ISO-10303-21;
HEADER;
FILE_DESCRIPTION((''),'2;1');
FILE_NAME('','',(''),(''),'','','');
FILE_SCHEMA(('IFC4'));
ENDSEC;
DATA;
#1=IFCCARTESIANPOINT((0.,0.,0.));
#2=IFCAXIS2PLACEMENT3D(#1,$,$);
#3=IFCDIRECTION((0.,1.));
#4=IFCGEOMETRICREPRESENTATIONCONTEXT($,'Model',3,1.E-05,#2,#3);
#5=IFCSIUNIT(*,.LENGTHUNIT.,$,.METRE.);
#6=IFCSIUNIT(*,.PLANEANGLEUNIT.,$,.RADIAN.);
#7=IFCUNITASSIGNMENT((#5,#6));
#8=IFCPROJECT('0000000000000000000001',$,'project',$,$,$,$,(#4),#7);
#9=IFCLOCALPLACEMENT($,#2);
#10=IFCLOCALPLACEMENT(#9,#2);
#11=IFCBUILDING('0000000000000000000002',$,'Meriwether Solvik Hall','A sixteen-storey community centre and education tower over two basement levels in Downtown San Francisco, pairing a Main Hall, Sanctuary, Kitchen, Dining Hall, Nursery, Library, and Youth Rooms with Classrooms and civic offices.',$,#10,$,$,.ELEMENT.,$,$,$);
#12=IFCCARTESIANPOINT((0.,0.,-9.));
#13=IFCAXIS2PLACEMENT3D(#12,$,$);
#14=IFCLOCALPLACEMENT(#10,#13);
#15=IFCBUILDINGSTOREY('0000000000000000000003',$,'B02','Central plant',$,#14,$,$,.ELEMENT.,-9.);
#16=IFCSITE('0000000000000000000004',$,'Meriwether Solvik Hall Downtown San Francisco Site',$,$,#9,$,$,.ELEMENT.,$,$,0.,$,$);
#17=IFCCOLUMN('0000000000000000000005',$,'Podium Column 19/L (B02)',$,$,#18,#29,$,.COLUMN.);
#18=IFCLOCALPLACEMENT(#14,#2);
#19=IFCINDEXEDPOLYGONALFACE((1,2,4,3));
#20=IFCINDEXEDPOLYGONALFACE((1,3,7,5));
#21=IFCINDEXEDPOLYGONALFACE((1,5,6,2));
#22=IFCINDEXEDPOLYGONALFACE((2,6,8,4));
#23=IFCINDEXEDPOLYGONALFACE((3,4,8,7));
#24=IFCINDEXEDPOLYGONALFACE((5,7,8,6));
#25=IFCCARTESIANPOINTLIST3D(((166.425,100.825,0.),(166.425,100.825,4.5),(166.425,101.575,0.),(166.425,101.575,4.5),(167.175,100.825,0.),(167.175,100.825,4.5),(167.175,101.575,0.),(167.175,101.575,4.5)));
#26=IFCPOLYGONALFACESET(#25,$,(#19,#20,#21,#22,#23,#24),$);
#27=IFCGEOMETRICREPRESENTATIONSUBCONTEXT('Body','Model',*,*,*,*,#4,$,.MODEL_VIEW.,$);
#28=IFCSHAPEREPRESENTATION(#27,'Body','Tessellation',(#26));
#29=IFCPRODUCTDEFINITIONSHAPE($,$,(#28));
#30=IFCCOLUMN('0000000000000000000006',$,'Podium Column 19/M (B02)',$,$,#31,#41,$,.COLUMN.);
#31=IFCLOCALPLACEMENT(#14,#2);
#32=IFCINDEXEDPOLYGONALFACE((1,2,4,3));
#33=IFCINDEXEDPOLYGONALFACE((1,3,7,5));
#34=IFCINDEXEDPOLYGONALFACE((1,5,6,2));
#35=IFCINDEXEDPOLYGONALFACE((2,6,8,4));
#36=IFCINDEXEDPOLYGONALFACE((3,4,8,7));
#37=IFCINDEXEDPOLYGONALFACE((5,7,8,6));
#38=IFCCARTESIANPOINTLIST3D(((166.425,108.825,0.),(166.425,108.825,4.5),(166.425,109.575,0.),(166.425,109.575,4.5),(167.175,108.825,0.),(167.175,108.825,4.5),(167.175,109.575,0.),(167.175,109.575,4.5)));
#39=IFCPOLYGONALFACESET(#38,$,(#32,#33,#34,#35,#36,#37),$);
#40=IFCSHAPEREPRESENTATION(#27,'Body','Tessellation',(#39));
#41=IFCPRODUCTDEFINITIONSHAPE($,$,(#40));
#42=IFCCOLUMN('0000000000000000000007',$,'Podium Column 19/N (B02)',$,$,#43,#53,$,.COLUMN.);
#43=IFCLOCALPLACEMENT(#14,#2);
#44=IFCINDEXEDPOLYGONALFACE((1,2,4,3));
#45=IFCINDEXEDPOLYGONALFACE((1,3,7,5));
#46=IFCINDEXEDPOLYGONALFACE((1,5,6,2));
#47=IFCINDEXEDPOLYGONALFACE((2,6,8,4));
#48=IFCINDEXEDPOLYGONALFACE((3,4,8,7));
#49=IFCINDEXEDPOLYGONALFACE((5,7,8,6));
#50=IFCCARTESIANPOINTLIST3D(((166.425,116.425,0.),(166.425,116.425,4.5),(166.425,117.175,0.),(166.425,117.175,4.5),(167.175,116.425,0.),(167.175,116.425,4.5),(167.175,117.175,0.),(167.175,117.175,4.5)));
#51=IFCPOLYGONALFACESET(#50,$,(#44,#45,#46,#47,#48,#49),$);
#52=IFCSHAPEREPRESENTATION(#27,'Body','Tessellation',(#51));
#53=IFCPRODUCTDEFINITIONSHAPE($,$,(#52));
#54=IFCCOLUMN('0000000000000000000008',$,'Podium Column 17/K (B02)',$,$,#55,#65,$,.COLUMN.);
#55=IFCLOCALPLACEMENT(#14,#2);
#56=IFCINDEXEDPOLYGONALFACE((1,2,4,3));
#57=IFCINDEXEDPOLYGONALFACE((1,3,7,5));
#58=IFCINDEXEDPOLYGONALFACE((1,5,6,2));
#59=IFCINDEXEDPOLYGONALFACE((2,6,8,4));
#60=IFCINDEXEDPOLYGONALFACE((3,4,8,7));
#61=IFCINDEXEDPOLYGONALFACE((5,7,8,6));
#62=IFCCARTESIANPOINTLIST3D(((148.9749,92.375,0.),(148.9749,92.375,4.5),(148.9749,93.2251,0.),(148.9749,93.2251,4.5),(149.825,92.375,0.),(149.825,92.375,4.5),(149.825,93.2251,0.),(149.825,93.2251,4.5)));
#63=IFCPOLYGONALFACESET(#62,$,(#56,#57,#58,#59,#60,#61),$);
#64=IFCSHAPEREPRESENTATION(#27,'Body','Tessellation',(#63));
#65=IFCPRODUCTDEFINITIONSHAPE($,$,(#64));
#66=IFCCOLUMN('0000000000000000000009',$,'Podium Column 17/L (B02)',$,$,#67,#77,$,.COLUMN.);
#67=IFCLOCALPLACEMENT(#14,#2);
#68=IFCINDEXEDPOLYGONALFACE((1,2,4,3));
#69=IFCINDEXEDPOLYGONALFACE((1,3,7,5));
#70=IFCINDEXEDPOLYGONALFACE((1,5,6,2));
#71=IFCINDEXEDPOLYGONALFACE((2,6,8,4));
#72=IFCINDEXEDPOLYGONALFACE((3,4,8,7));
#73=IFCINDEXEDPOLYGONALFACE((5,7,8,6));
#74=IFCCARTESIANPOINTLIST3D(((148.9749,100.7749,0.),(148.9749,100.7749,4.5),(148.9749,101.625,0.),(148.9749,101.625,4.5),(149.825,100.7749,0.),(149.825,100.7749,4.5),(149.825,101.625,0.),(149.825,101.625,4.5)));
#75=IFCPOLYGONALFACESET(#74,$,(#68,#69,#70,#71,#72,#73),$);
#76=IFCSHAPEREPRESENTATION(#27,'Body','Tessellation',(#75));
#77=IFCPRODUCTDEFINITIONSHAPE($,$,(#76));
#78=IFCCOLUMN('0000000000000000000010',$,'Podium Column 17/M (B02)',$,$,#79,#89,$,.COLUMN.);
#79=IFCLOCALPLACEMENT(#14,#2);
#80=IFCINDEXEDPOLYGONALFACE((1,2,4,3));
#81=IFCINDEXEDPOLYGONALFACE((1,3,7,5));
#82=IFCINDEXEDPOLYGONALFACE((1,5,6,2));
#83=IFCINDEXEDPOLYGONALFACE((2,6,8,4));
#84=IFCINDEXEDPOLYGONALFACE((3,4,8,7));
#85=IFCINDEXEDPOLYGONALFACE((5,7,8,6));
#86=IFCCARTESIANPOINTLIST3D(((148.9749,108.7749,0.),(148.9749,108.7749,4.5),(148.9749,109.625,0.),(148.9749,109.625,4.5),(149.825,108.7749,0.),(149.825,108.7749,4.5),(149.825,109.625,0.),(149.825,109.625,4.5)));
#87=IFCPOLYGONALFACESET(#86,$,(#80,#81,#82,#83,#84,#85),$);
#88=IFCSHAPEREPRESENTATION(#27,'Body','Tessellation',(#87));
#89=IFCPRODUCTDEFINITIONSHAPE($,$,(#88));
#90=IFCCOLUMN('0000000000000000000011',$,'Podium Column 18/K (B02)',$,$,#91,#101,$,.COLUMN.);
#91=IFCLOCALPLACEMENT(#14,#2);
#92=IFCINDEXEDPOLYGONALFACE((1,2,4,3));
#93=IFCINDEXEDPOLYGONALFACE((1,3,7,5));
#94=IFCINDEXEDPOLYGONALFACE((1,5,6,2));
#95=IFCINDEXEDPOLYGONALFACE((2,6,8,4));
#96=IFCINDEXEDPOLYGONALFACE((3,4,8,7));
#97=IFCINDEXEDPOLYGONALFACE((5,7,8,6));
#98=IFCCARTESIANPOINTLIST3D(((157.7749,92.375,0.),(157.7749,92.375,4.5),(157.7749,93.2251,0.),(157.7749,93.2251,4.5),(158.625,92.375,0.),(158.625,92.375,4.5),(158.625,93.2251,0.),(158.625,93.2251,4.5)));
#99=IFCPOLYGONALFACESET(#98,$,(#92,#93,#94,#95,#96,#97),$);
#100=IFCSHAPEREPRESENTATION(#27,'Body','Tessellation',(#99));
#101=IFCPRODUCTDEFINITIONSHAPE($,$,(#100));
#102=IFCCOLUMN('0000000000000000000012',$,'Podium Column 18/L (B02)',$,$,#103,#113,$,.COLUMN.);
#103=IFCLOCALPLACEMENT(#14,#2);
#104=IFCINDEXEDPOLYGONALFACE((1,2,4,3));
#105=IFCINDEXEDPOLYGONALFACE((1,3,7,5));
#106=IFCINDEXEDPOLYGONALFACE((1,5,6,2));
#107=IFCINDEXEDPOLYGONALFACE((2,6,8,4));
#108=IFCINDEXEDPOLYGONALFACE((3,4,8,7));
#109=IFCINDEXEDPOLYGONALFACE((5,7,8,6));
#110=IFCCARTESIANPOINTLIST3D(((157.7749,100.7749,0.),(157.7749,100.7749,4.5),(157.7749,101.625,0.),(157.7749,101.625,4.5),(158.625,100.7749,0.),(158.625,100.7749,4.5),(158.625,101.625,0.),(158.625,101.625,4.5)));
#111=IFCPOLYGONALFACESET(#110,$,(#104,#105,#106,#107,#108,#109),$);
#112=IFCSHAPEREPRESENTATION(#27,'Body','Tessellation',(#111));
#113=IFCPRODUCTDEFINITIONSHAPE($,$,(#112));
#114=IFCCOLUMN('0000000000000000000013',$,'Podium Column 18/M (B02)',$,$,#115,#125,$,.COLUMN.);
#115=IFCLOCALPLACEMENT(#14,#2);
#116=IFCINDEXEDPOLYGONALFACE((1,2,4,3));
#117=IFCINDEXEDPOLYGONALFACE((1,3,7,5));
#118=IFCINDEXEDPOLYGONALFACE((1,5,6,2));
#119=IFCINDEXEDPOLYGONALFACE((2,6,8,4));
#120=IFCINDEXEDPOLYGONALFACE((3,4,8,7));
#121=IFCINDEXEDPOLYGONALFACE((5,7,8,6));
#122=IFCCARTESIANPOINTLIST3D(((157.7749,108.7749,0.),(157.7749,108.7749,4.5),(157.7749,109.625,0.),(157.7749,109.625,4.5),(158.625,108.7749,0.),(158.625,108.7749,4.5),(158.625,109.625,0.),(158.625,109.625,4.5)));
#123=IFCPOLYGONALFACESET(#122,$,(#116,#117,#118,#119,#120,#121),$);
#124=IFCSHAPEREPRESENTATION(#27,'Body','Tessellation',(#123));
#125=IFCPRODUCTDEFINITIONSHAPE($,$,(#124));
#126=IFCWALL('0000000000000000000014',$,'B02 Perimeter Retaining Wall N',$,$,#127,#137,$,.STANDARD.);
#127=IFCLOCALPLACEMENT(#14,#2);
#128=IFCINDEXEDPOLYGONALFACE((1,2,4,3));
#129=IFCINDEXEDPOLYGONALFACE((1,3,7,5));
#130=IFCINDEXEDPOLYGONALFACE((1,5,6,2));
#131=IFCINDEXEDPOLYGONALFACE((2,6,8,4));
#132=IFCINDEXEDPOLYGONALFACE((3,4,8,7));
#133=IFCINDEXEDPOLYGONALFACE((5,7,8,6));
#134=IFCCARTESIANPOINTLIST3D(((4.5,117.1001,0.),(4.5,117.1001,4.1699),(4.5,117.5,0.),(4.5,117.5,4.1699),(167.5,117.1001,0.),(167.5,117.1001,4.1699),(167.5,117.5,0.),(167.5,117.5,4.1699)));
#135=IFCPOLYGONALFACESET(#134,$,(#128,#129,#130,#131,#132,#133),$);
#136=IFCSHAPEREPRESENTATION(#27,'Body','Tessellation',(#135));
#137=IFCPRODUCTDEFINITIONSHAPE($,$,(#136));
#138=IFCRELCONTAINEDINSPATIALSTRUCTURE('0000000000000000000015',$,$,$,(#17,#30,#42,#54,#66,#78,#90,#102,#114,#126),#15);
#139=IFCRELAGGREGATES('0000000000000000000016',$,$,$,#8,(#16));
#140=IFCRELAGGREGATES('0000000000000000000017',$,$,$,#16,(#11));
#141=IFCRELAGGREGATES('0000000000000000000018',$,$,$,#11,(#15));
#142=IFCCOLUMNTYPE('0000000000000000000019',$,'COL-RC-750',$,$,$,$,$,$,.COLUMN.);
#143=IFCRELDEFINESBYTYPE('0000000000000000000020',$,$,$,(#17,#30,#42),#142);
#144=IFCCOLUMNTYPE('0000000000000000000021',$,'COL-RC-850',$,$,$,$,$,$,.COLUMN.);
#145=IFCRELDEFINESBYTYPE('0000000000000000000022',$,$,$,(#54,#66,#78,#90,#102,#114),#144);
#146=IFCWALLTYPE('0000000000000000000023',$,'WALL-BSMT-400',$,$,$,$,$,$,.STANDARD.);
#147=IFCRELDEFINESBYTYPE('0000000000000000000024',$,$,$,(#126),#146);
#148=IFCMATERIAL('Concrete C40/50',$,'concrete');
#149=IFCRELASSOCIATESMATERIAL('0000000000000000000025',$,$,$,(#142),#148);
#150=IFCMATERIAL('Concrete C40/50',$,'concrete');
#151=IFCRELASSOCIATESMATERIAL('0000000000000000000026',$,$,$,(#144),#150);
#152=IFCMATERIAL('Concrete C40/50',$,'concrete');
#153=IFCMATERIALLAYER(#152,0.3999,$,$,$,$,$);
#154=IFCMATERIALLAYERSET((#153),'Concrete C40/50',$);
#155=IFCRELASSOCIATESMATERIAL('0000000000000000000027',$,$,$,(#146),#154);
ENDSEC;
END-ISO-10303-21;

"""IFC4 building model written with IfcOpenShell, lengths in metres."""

from ifc_helpers import new_model, si_unit, direction, frame, frame_2d, origin, origin_2d, place, context, subcontext, project, spatial, rectangle, extrude, material, layer, layer_set, material_profile, profile_set, type_object, element, save


model = new_model("IFC4")

# Units and contexts
model_context = context("Model", 3, precision=1e-05, world=origin(), true_north=direction((0.0, 1.0)))
body_context = subcontext(model_context, "Body", "Model", "MODEL_VIEW")
ifc_project = project(units=[si_unit("LENGTHUNIT", "METRE"), si_unit("PLANEANGLEUNIT", "RADIAN")], contexts=[model_context])

# Site, building, storey
site_placement = place(None, origin())
site = spatial("IfcSite", under=ifc_project, at=site_placement, Name="Meriwether Solvik Hall Downtown San Francisco Site", CompositionType="ELEMENT", RefElevation=0.0)
building_placement = place(site_placement, origin())
building = spatial("IfcBuilding", under=site, at=building_placement, Name="Meriwether Solvik Hall", Description="A sixteen-storey community centre and education tower over two basement levels in Downtown San Francisco, pairing a Main Hall, Sanctuary, Kitchen, Dining Hall, Nursery, Library, and Youth Rooms with Classrooms and civic offices.", CompositionType="ELEMENT")
storey_placement = place(building_placement, frame((0.0, 0.0, -9.0)))
storey = spatial("IfcBuildingStorey", under=building, at=storey_placement, Name="B02", Description="Central plant", CompositionType="ELEMENT", Elevation=-9.0)

# Columns
ifc_material_1 = material(Name="Concrete C40/50", Category="concrete")
ifc_material_profile_1 = material_profile(ifc_material_1, rectangle(XDim=0.75, YDim=0.75, at=origin_2d()), Name="RCC-750X750")
ifc_profile_set_1 = profile_set([ifc_material_profile_1], Name="Concrete C40/50")
column_type_1 = type_object("IfcColumnType", Name="COL-RC-750", PredefinedType="COLUMN", material=ifc_profile_set_1)
for number, where, z_axis, x_axis, name in (
    (1, (166.8, 101.2, 0.0), (0.0, 0.0, 1.0), (1.0, 0.0, 0.0), "Podium Column 19/L (B02)"),
    (2, (166.8, 109.2, 0.0), (0.0, 0.0, 1.0), (1.0, 0.0, 0.0), "Podium Column 19/M (B02)"),
    (3, (166.8, 116.8, 0.0), (0.0, 0.0, 1.0), (1.0, 0.0, 0.0), "Podium Column 19/N (B02)"),
):
    element("IfcColumn", number, at=place(storey_placement, frame(where, z_axis=z_axis, x_axis=x_axis)), inside=storey, type_object=column_type_1, Name=name, PredefinedType="COLUMN", context=body_context, shape_type="SweptSolid", body=[
        extrude(rectangle(XDim=0.75, YDim=0.75, at=origin_2d()), origin(), (0.0, 0.0, 1.0), 4.5),
    ])
ifc_material_2 = material(Name="Concrete C40/50", Category="concrete")
ifc_material_profile_2 = material_profile(ifc_material_2, rectangle(XDim=0.8501, YDim=0.8501, at=origin_2d()), Name="RCC-850X850")
ifc_profile_set_2 = profile_set([ifc_material_profile_2], Name="Concrete C40/50")
column_type_2 = type_object("IfcColumnType", Name="COL-RC-850", PredefinedType="COLUMN", material=ifc_profile_set_2)
for number, where, z_axis, x_axis, name in (
    (4, (149.3999, 92.8, 0.0), (0.0, 0.0, 1.0), (1.0, 0.0, 0.0), "Podium Column 17/K (B02)"),
    (5, (149.3999, 101.2, 0.0), (0.0, 0.0, 1.0), (1.0, 0.0, 0.0), "Podium Column 17/L (B02)"),
    (6, (149.3999, 109.2, 0.0), (0.0, 0.0, 1.0), (1.0, 0.0, 0.0), "Podium Column 17/M (B02)"),
    (7, (158.2, 92.8, 0.0), (0.0, 0.0, 1.0), (1.0, 0.0, 0.0), "Podium Column 18/K (B02)"),
    (8, (158.2, 101.2, 0.0), (0.0, 0.0, 1.0), (1.0, 0.0, 0.0), "Podium Column 18/L (B02)"),
    (9, (158.2, 109.2, 0.0), (0.0, 0.0, 1.0), (1.0, 0.0, 0.0), "Podium Column 18/M (B02)"),
):
    element("IfcColumn", number, at=place(storey_placement, frame(where, z_axis=z_axis, x_axis=x_axis)), inside=storey, type_object=column_type_2, Name=name, PredefinedType="COLUMN", context=body_context, shape_type="SweptSolid", body=[
        extrude(rectangle(XDim=0.8501, YDim=0.8501, at=origin_2d()), origin(), (0.0, 0.0, 1.0), 4.5),
    ])

# Wall
ifc_material_3 = material(Name="Concrete C40/50", Category="concrete")
ifc_layer_1 = layer(ifc_material_3, 0.3999)
ifc_layer_set_1 = layer_set([ifc_layer_1], Name="Concrete C40/50")
wall_type = type_object("IfcWallType", Name="WALL-BSMT-400", PredefinedType="STANDARD", material=ifc_layer_set_1)
wall_placement = place(storey_placement, frame((167.5, 117.3, 0.0), z_axis=(0.0, 0.0, 1.0), x_axis=(-1.0, 0.0, 0.0)))
element("IfcWall", 10, at=wall_placement, inside=storey, type_object=wall_type, Name="B02 Perimeter Retaining Wall N", PredefinedType="STANDARD", context=body_context, shape_type="SweptSolid", body=[
    extrude(rectangle(XDim=163.0, YDim=0.3999, at=frame_2d((81.5, 0.0))), origin(), (0.0, 0.0, 1.0), 4.1699),
])

save(model, "model.ifc")
